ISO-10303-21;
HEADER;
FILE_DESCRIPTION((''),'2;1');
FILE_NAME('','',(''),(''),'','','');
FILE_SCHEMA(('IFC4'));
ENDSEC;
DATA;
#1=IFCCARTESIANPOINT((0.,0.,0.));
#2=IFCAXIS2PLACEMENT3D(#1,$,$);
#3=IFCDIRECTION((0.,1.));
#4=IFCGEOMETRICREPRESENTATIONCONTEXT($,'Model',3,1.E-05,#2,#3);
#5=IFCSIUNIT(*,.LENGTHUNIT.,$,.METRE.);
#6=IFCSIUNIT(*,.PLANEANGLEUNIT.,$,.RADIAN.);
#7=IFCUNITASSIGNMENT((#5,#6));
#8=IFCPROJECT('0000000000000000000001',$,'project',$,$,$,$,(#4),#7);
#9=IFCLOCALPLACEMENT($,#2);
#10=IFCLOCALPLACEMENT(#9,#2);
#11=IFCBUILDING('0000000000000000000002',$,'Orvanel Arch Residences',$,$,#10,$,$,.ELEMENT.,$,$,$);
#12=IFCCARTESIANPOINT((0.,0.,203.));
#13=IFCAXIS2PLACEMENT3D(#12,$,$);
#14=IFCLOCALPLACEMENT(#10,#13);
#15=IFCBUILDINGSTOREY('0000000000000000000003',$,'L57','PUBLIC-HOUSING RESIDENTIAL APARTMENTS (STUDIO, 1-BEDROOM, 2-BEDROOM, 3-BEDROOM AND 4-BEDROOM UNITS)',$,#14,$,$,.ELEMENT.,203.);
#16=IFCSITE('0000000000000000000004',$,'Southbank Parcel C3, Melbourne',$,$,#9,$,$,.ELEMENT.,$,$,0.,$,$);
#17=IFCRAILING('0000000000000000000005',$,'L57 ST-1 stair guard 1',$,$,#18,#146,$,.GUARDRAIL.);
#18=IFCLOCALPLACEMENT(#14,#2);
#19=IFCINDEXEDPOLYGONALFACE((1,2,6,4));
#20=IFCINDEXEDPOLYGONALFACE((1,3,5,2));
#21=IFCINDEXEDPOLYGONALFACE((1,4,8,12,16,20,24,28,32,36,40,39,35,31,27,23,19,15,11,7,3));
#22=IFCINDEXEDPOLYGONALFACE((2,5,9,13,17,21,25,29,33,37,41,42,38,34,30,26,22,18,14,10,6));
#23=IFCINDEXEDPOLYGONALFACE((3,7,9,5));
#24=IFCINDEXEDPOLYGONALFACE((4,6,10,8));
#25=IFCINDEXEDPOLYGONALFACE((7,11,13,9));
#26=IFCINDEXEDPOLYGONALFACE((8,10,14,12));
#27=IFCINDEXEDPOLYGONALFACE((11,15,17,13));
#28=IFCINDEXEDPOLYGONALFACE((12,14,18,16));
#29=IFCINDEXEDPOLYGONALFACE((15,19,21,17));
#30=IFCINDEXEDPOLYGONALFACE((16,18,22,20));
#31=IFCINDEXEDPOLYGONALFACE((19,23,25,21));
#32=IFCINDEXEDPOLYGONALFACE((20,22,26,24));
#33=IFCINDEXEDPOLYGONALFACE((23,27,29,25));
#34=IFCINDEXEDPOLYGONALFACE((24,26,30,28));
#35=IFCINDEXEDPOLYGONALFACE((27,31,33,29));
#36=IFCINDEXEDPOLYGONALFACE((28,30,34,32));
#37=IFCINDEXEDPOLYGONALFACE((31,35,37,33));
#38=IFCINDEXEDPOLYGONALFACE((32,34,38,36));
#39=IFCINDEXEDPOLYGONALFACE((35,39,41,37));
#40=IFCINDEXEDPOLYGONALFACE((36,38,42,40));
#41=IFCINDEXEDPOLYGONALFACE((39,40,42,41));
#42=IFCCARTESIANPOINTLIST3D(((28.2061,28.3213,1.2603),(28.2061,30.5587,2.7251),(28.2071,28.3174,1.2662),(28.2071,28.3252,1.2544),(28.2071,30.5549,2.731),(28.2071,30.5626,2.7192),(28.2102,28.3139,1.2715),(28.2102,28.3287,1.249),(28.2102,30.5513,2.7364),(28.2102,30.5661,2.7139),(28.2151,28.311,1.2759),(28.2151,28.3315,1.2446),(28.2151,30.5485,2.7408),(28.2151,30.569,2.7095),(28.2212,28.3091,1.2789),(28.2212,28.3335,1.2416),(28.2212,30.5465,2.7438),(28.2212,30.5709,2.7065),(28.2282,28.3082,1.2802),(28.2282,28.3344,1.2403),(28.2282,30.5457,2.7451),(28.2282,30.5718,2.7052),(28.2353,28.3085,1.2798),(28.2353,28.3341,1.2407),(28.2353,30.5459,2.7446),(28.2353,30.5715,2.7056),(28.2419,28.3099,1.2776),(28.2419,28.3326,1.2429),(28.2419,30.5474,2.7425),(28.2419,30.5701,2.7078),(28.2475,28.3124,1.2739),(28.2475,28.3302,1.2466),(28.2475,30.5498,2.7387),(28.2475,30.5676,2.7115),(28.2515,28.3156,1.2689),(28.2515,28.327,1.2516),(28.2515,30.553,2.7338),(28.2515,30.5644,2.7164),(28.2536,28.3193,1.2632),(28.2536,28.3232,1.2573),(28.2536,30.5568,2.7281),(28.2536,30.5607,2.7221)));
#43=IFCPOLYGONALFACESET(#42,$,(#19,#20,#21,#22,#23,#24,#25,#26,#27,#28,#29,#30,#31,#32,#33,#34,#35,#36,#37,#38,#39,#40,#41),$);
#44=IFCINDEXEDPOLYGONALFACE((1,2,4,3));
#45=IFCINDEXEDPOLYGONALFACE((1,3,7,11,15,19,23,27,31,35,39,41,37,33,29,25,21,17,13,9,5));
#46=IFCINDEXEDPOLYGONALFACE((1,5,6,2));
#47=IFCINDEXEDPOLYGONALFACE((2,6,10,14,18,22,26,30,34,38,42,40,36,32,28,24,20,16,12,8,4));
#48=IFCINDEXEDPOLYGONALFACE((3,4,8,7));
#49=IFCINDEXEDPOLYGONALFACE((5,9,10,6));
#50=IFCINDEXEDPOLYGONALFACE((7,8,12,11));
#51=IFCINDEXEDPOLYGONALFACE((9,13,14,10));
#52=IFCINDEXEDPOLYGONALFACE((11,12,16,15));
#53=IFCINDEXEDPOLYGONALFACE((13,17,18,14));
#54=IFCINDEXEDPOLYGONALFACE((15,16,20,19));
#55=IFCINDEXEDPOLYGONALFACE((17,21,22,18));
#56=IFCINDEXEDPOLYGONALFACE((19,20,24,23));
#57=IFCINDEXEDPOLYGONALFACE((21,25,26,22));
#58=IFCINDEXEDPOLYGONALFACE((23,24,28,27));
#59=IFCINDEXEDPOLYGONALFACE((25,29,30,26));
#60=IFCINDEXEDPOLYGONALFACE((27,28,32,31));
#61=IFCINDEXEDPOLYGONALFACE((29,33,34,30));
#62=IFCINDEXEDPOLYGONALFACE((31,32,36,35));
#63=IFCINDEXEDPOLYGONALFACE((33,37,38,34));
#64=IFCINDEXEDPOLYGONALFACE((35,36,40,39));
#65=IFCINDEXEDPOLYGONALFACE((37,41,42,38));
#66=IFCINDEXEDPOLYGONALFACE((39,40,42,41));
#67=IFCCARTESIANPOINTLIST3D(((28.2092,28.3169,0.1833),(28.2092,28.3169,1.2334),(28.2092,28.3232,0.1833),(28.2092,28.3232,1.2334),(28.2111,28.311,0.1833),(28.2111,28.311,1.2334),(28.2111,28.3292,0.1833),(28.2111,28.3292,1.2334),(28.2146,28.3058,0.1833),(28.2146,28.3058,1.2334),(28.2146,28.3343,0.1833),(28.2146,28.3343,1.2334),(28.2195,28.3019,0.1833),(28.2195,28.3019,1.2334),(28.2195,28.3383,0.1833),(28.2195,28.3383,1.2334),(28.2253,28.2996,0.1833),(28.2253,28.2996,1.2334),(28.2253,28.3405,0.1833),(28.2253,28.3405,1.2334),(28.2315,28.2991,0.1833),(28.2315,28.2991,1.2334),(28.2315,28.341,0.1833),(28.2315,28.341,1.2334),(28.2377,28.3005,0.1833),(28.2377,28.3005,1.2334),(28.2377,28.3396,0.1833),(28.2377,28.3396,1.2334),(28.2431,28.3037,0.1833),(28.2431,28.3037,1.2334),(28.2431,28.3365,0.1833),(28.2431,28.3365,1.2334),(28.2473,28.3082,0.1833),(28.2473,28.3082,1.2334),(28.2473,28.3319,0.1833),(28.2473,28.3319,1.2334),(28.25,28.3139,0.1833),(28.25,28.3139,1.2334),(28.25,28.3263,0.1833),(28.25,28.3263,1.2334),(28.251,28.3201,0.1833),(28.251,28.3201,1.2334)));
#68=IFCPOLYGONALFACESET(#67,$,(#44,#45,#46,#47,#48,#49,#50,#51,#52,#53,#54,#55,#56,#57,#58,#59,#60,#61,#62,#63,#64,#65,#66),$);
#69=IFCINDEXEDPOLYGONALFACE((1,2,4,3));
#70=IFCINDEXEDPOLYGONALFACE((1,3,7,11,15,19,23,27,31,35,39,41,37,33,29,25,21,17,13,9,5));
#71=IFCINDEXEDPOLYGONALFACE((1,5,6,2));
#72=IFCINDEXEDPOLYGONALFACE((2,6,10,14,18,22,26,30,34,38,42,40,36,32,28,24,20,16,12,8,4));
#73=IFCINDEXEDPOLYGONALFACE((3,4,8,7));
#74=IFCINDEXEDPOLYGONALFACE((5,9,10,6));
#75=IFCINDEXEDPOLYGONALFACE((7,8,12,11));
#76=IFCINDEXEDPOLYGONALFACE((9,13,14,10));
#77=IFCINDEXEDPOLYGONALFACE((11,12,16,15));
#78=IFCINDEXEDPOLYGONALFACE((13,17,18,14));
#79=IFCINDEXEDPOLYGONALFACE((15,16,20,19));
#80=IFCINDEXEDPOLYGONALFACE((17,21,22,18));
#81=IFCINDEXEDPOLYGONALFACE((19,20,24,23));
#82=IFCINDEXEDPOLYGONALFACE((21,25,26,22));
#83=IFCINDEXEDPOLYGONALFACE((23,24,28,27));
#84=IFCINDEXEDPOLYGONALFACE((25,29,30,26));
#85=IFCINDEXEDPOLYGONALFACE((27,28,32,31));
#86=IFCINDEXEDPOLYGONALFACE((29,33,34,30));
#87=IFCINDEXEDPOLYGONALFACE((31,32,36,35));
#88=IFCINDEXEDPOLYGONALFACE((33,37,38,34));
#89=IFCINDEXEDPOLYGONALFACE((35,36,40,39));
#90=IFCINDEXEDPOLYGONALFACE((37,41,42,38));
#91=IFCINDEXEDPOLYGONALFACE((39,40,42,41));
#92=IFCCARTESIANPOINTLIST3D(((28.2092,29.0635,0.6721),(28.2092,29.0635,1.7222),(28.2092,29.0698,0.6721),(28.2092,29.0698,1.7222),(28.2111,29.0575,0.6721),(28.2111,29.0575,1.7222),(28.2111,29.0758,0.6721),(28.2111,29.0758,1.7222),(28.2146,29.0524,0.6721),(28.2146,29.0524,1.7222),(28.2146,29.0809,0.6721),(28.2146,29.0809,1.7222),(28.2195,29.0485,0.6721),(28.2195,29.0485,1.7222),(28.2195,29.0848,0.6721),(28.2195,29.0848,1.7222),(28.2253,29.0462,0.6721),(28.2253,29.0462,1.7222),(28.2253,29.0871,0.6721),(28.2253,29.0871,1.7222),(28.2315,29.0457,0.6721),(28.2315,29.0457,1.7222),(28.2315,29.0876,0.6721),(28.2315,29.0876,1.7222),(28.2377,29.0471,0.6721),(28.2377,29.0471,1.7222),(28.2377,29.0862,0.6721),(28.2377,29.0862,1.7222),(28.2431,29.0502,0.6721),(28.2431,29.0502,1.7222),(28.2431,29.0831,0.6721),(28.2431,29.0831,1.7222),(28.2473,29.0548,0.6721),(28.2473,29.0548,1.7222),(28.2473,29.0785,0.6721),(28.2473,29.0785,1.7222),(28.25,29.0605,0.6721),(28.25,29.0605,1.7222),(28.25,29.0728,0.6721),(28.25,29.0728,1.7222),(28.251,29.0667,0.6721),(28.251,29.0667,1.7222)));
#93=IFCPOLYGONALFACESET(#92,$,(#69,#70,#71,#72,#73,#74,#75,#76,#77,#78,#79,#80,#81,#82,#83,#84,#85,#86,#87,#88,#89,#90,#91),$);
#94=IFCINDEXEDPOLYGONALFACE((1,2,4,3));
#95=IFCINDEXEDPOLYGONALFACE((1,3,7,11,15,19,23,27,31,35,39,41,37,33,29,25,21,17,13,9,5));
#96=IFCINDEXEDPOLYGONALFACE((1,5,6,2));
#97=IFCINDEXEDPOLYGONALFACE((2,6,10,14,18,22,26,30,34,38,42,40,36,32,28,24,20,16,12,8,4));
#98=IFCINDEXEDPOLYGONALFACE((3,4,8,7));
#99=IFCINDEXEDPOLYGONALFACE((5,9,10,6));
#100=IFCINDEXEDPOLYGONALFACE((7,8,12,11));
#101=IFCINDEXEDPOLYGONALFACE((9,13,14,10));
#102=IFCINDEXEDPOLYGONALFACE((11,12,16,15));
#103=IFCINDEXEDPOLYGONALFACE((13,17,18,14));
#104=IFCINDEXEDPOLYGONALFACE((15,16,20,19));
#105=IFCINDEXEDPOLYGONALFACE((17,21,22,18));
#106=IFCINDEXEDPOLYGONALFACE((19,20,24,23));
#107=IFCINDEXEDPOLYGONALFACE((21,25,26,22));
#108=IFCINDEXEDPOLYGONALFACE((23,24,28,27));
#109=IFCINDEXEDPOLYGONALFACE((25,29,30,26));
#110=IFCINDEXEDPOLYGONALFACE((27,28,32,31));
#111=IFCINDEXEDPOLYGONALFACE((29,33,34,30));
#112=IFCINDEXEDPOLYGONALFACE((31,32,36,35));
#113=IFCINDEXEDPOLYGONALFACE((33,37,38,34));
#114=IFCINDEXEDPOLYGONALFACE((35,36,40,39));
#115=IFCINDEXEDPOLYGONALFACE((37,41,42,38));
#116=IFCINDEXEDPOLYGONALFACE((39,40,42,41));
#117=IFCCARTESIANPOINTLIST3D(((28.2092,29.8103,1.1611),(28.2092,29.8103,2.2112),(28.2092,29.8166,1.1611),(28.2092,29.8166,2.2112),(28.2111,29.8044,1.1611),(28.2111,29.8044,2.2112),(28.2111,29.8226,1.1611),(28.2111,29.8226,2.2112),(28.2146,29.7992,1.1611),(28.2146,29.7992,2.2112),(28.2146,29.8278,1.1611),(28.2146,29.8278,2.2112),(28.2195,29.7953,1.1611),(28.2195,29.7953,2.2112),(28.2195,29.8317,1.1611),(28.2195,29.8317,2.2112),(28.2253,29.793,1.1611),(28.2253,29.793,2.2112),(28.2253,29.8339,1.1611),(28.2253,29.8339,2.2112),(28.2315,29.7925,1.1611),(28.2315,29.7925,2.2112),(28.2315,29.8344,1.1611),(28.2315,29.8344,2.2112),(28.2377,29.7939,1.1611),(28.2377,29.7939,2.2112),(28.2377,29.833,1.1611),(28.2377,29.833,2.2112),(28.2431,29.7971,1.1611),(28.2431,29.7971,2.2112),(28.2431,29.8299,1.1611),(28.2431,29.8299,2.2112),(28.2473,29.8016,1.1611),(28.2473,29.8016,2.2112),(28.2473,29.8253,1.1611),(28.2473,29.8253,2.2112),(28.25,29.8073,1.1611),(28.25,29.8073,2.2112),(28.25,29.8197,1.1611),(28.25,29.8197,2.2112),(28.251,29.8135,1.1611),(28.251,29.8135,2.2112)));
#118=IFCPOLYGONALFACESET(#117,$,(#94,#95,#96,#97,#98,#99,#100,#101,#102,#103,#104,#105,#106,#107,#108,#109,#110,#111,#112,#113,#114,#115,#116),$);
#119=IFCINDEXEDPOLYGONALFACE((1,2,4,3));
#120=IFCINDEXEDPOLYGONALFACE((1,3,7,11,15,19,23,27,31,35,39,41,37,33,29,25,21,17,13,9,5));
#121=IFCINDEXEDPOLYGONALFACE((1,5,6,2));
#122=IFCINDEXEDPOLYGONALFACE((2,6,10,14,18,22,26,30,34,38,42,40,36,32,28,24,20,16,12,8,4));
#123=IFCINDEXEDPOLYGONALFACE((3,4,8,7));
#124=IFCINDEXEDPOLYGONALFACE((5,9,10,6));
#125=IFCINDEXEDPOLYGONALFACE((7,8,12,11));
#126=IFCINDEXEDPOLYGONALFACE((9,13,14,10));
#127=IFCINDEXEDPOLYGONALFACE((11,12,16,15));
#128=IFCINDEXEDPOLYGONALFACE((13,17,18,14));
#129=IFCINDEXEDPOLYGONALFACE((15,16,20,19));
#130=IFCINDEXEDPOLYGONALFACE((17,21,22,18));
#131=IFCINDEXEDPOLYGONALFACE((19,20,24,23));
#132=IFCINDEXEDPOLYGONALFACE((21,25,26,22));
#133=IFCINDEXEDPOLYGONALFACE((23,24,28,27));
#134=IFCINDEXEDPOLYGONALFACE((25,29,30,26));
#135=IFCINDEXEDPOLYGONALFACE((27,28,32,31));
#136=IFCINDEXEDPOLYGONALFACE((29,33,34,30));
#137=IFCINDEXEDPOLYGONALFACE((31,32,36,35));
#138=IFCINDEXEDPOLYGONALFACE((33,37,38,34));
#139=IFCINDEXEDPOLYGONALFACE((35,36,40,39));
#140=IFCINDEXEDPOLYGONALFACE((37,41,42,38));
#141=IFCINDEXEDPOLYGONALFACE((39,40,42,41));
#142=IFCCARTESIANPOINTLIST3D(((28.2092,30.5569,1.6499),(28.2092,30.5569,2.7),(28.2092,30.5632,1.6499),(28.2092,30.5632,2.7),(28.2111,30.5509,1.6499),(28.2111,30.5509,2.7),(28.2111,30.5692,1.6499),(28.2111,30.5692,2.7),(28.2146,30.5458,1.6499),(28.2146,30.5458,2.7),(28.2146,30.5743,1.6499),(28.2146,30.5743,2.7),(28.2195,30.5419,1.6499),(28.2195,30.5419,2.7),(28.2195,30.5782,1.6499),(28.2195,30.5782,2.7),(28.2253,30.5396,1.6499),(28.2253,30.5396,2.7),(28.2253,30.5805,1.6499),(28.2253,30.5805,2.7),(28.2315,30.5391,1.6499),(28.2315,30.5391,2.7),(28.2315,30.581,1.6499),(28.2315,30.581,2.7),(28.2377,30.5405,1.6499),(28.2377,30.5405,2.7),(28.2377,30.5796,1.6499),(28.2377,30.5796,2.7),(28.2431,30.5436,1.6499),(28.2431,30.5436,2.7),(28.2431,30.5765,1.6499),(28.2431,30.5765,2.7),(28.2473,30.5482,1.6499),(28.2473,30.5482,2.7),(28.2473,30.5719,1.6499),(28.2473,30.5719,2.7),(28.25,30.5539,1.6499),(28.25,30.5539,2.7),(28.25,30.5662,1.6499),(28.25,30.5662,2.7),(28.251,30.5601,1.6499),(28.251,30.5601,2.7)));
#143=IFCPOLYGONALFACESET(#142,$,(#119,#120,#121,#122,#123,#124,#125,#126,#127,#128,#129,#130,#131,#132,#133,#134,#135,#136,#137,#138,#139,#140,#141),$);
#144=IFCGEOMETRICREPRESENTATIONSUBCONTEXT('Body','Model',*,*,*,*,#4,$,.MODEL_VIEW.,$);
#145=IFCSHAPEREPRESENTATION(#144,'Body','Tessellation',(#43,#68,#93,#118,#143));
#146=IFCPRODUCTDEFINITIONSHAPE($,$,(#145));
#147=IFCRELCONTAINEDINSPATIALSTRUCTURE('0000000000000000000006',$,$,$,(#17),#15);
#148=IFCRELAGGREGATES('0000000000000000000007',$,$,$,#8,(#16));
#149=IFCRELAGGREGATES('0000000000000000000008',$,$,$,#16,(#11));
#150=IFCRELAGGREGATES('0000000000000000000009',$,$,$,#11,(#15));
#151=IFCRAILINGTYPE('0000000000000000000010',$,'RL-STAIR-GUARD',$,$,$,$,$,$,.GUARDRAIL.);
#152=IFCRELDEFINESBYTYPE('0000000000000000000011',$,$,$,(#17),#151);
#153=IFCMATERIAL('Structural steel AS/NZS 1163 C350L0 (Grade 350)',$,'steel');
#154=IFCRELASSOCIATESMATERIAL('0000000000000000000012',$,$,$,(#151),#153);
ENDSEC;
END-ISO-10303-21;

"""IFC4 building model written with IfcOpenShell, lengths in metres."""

from ifc_helpers import new_model, si_unit, direction, frame, origin, origin_2d, place, context, subcontext, project, spatial, circle, extrude, material, type_object, element, save


model = new_model("IFC4")

# Units and contexts
model_context = context("Model", 3, precision=1e-05, world=origin(), true_north=direction((0.0, 1.0)))
body_context = subcontext(model_context, "Body", "Model", "MODEL_VIEW")
ifc_project = project(units=[si_unit("LENGTHUNIT", "METRE"), si_unit("PLANEANGLEUNIT", "RADIAN")], contexts=[model_context])

# Site, building, storey
site_placement = place(None, origin())
site = spatial("IfcSite", under=ifc_project, at=site_placement, Name="Southbank Parcel C3, Melbourne", CompositionType="ELEMENT", RefElevation=0.0)
building_placement = place(site_placement, origin())
building = spatial("IfcBuilding", under=site, at=building_placement, Name="Orvanel Arch Residences", CompositionType="ELEMENT")
storey_placement = place(building_placement, frame((0.0, 0.0, 203.0)))
storey = spatial("IfcBuildingStorey", under=building, at=storey_placement, Name="L57", Description="PUBLIC-HOUSING RESIDENTIAL APARTMENTS (STUDIO, 1-BEDROOM, 2-BEDROOM, 3-BEDROOM AND 4-BEDROOM UNITS)", CompositionType="ELEMENT", Elevation=203.0)

# Railing
ifc_material_1 = material(Name="Structural steel AS/NZS 1163 C350L0 (Grade 350)", Category="steel")
railing_type_1 = type_object("IfcRailingType", Name="RL-STAIR-GUARD", PredefinedType="GUARDRAIL", material=ifc_material_1)
railing_1_placement = place(storey_placement, frame((28.23, 28.3201, 0.1833)))
element("IfcRailing", 1, at=railing_1_placement, inside=storey, type_object=railing_type_1, Name="L57 ST-1 stair guard 1", PredefinedType="GUARDRAIL", context=body_context, shape_type="SweptSolid", body=[
    extrude(circle(Radius=0.0239, at=origin_2d()), frame((0.0, 0.0012, 1.0769), z_axis=(0.0, 0.836637, 0.547758), x_axis=(-1.0, 0.0, 0.0)), (0.0, 0.0, 1.0), 2.6743),
    extrude(circle(Radius=0.021, at=origin_2d()), origin(), (0.0, 0.0, 1.0), 1.05),
    extrude(circle(Radius=0.021, at=origin_2d()), frame((0.0, 0.7466, 0.4888)), (0.0, 0.0, 1.0), 1.05),
    extrude(circle(Radius=0.021, at=origin_2d()), frame((0.0, 1.4934, 0.9778)), (0.0, 0.0, 1.0), 1.05),
    extrude(circle(Radius=0.021, at=origin_2d()), frame((0.0, 2.24, 1.4666)), (0.0, 0.0, 1.0), 1.05),
])

save(model, "model.ifc")
